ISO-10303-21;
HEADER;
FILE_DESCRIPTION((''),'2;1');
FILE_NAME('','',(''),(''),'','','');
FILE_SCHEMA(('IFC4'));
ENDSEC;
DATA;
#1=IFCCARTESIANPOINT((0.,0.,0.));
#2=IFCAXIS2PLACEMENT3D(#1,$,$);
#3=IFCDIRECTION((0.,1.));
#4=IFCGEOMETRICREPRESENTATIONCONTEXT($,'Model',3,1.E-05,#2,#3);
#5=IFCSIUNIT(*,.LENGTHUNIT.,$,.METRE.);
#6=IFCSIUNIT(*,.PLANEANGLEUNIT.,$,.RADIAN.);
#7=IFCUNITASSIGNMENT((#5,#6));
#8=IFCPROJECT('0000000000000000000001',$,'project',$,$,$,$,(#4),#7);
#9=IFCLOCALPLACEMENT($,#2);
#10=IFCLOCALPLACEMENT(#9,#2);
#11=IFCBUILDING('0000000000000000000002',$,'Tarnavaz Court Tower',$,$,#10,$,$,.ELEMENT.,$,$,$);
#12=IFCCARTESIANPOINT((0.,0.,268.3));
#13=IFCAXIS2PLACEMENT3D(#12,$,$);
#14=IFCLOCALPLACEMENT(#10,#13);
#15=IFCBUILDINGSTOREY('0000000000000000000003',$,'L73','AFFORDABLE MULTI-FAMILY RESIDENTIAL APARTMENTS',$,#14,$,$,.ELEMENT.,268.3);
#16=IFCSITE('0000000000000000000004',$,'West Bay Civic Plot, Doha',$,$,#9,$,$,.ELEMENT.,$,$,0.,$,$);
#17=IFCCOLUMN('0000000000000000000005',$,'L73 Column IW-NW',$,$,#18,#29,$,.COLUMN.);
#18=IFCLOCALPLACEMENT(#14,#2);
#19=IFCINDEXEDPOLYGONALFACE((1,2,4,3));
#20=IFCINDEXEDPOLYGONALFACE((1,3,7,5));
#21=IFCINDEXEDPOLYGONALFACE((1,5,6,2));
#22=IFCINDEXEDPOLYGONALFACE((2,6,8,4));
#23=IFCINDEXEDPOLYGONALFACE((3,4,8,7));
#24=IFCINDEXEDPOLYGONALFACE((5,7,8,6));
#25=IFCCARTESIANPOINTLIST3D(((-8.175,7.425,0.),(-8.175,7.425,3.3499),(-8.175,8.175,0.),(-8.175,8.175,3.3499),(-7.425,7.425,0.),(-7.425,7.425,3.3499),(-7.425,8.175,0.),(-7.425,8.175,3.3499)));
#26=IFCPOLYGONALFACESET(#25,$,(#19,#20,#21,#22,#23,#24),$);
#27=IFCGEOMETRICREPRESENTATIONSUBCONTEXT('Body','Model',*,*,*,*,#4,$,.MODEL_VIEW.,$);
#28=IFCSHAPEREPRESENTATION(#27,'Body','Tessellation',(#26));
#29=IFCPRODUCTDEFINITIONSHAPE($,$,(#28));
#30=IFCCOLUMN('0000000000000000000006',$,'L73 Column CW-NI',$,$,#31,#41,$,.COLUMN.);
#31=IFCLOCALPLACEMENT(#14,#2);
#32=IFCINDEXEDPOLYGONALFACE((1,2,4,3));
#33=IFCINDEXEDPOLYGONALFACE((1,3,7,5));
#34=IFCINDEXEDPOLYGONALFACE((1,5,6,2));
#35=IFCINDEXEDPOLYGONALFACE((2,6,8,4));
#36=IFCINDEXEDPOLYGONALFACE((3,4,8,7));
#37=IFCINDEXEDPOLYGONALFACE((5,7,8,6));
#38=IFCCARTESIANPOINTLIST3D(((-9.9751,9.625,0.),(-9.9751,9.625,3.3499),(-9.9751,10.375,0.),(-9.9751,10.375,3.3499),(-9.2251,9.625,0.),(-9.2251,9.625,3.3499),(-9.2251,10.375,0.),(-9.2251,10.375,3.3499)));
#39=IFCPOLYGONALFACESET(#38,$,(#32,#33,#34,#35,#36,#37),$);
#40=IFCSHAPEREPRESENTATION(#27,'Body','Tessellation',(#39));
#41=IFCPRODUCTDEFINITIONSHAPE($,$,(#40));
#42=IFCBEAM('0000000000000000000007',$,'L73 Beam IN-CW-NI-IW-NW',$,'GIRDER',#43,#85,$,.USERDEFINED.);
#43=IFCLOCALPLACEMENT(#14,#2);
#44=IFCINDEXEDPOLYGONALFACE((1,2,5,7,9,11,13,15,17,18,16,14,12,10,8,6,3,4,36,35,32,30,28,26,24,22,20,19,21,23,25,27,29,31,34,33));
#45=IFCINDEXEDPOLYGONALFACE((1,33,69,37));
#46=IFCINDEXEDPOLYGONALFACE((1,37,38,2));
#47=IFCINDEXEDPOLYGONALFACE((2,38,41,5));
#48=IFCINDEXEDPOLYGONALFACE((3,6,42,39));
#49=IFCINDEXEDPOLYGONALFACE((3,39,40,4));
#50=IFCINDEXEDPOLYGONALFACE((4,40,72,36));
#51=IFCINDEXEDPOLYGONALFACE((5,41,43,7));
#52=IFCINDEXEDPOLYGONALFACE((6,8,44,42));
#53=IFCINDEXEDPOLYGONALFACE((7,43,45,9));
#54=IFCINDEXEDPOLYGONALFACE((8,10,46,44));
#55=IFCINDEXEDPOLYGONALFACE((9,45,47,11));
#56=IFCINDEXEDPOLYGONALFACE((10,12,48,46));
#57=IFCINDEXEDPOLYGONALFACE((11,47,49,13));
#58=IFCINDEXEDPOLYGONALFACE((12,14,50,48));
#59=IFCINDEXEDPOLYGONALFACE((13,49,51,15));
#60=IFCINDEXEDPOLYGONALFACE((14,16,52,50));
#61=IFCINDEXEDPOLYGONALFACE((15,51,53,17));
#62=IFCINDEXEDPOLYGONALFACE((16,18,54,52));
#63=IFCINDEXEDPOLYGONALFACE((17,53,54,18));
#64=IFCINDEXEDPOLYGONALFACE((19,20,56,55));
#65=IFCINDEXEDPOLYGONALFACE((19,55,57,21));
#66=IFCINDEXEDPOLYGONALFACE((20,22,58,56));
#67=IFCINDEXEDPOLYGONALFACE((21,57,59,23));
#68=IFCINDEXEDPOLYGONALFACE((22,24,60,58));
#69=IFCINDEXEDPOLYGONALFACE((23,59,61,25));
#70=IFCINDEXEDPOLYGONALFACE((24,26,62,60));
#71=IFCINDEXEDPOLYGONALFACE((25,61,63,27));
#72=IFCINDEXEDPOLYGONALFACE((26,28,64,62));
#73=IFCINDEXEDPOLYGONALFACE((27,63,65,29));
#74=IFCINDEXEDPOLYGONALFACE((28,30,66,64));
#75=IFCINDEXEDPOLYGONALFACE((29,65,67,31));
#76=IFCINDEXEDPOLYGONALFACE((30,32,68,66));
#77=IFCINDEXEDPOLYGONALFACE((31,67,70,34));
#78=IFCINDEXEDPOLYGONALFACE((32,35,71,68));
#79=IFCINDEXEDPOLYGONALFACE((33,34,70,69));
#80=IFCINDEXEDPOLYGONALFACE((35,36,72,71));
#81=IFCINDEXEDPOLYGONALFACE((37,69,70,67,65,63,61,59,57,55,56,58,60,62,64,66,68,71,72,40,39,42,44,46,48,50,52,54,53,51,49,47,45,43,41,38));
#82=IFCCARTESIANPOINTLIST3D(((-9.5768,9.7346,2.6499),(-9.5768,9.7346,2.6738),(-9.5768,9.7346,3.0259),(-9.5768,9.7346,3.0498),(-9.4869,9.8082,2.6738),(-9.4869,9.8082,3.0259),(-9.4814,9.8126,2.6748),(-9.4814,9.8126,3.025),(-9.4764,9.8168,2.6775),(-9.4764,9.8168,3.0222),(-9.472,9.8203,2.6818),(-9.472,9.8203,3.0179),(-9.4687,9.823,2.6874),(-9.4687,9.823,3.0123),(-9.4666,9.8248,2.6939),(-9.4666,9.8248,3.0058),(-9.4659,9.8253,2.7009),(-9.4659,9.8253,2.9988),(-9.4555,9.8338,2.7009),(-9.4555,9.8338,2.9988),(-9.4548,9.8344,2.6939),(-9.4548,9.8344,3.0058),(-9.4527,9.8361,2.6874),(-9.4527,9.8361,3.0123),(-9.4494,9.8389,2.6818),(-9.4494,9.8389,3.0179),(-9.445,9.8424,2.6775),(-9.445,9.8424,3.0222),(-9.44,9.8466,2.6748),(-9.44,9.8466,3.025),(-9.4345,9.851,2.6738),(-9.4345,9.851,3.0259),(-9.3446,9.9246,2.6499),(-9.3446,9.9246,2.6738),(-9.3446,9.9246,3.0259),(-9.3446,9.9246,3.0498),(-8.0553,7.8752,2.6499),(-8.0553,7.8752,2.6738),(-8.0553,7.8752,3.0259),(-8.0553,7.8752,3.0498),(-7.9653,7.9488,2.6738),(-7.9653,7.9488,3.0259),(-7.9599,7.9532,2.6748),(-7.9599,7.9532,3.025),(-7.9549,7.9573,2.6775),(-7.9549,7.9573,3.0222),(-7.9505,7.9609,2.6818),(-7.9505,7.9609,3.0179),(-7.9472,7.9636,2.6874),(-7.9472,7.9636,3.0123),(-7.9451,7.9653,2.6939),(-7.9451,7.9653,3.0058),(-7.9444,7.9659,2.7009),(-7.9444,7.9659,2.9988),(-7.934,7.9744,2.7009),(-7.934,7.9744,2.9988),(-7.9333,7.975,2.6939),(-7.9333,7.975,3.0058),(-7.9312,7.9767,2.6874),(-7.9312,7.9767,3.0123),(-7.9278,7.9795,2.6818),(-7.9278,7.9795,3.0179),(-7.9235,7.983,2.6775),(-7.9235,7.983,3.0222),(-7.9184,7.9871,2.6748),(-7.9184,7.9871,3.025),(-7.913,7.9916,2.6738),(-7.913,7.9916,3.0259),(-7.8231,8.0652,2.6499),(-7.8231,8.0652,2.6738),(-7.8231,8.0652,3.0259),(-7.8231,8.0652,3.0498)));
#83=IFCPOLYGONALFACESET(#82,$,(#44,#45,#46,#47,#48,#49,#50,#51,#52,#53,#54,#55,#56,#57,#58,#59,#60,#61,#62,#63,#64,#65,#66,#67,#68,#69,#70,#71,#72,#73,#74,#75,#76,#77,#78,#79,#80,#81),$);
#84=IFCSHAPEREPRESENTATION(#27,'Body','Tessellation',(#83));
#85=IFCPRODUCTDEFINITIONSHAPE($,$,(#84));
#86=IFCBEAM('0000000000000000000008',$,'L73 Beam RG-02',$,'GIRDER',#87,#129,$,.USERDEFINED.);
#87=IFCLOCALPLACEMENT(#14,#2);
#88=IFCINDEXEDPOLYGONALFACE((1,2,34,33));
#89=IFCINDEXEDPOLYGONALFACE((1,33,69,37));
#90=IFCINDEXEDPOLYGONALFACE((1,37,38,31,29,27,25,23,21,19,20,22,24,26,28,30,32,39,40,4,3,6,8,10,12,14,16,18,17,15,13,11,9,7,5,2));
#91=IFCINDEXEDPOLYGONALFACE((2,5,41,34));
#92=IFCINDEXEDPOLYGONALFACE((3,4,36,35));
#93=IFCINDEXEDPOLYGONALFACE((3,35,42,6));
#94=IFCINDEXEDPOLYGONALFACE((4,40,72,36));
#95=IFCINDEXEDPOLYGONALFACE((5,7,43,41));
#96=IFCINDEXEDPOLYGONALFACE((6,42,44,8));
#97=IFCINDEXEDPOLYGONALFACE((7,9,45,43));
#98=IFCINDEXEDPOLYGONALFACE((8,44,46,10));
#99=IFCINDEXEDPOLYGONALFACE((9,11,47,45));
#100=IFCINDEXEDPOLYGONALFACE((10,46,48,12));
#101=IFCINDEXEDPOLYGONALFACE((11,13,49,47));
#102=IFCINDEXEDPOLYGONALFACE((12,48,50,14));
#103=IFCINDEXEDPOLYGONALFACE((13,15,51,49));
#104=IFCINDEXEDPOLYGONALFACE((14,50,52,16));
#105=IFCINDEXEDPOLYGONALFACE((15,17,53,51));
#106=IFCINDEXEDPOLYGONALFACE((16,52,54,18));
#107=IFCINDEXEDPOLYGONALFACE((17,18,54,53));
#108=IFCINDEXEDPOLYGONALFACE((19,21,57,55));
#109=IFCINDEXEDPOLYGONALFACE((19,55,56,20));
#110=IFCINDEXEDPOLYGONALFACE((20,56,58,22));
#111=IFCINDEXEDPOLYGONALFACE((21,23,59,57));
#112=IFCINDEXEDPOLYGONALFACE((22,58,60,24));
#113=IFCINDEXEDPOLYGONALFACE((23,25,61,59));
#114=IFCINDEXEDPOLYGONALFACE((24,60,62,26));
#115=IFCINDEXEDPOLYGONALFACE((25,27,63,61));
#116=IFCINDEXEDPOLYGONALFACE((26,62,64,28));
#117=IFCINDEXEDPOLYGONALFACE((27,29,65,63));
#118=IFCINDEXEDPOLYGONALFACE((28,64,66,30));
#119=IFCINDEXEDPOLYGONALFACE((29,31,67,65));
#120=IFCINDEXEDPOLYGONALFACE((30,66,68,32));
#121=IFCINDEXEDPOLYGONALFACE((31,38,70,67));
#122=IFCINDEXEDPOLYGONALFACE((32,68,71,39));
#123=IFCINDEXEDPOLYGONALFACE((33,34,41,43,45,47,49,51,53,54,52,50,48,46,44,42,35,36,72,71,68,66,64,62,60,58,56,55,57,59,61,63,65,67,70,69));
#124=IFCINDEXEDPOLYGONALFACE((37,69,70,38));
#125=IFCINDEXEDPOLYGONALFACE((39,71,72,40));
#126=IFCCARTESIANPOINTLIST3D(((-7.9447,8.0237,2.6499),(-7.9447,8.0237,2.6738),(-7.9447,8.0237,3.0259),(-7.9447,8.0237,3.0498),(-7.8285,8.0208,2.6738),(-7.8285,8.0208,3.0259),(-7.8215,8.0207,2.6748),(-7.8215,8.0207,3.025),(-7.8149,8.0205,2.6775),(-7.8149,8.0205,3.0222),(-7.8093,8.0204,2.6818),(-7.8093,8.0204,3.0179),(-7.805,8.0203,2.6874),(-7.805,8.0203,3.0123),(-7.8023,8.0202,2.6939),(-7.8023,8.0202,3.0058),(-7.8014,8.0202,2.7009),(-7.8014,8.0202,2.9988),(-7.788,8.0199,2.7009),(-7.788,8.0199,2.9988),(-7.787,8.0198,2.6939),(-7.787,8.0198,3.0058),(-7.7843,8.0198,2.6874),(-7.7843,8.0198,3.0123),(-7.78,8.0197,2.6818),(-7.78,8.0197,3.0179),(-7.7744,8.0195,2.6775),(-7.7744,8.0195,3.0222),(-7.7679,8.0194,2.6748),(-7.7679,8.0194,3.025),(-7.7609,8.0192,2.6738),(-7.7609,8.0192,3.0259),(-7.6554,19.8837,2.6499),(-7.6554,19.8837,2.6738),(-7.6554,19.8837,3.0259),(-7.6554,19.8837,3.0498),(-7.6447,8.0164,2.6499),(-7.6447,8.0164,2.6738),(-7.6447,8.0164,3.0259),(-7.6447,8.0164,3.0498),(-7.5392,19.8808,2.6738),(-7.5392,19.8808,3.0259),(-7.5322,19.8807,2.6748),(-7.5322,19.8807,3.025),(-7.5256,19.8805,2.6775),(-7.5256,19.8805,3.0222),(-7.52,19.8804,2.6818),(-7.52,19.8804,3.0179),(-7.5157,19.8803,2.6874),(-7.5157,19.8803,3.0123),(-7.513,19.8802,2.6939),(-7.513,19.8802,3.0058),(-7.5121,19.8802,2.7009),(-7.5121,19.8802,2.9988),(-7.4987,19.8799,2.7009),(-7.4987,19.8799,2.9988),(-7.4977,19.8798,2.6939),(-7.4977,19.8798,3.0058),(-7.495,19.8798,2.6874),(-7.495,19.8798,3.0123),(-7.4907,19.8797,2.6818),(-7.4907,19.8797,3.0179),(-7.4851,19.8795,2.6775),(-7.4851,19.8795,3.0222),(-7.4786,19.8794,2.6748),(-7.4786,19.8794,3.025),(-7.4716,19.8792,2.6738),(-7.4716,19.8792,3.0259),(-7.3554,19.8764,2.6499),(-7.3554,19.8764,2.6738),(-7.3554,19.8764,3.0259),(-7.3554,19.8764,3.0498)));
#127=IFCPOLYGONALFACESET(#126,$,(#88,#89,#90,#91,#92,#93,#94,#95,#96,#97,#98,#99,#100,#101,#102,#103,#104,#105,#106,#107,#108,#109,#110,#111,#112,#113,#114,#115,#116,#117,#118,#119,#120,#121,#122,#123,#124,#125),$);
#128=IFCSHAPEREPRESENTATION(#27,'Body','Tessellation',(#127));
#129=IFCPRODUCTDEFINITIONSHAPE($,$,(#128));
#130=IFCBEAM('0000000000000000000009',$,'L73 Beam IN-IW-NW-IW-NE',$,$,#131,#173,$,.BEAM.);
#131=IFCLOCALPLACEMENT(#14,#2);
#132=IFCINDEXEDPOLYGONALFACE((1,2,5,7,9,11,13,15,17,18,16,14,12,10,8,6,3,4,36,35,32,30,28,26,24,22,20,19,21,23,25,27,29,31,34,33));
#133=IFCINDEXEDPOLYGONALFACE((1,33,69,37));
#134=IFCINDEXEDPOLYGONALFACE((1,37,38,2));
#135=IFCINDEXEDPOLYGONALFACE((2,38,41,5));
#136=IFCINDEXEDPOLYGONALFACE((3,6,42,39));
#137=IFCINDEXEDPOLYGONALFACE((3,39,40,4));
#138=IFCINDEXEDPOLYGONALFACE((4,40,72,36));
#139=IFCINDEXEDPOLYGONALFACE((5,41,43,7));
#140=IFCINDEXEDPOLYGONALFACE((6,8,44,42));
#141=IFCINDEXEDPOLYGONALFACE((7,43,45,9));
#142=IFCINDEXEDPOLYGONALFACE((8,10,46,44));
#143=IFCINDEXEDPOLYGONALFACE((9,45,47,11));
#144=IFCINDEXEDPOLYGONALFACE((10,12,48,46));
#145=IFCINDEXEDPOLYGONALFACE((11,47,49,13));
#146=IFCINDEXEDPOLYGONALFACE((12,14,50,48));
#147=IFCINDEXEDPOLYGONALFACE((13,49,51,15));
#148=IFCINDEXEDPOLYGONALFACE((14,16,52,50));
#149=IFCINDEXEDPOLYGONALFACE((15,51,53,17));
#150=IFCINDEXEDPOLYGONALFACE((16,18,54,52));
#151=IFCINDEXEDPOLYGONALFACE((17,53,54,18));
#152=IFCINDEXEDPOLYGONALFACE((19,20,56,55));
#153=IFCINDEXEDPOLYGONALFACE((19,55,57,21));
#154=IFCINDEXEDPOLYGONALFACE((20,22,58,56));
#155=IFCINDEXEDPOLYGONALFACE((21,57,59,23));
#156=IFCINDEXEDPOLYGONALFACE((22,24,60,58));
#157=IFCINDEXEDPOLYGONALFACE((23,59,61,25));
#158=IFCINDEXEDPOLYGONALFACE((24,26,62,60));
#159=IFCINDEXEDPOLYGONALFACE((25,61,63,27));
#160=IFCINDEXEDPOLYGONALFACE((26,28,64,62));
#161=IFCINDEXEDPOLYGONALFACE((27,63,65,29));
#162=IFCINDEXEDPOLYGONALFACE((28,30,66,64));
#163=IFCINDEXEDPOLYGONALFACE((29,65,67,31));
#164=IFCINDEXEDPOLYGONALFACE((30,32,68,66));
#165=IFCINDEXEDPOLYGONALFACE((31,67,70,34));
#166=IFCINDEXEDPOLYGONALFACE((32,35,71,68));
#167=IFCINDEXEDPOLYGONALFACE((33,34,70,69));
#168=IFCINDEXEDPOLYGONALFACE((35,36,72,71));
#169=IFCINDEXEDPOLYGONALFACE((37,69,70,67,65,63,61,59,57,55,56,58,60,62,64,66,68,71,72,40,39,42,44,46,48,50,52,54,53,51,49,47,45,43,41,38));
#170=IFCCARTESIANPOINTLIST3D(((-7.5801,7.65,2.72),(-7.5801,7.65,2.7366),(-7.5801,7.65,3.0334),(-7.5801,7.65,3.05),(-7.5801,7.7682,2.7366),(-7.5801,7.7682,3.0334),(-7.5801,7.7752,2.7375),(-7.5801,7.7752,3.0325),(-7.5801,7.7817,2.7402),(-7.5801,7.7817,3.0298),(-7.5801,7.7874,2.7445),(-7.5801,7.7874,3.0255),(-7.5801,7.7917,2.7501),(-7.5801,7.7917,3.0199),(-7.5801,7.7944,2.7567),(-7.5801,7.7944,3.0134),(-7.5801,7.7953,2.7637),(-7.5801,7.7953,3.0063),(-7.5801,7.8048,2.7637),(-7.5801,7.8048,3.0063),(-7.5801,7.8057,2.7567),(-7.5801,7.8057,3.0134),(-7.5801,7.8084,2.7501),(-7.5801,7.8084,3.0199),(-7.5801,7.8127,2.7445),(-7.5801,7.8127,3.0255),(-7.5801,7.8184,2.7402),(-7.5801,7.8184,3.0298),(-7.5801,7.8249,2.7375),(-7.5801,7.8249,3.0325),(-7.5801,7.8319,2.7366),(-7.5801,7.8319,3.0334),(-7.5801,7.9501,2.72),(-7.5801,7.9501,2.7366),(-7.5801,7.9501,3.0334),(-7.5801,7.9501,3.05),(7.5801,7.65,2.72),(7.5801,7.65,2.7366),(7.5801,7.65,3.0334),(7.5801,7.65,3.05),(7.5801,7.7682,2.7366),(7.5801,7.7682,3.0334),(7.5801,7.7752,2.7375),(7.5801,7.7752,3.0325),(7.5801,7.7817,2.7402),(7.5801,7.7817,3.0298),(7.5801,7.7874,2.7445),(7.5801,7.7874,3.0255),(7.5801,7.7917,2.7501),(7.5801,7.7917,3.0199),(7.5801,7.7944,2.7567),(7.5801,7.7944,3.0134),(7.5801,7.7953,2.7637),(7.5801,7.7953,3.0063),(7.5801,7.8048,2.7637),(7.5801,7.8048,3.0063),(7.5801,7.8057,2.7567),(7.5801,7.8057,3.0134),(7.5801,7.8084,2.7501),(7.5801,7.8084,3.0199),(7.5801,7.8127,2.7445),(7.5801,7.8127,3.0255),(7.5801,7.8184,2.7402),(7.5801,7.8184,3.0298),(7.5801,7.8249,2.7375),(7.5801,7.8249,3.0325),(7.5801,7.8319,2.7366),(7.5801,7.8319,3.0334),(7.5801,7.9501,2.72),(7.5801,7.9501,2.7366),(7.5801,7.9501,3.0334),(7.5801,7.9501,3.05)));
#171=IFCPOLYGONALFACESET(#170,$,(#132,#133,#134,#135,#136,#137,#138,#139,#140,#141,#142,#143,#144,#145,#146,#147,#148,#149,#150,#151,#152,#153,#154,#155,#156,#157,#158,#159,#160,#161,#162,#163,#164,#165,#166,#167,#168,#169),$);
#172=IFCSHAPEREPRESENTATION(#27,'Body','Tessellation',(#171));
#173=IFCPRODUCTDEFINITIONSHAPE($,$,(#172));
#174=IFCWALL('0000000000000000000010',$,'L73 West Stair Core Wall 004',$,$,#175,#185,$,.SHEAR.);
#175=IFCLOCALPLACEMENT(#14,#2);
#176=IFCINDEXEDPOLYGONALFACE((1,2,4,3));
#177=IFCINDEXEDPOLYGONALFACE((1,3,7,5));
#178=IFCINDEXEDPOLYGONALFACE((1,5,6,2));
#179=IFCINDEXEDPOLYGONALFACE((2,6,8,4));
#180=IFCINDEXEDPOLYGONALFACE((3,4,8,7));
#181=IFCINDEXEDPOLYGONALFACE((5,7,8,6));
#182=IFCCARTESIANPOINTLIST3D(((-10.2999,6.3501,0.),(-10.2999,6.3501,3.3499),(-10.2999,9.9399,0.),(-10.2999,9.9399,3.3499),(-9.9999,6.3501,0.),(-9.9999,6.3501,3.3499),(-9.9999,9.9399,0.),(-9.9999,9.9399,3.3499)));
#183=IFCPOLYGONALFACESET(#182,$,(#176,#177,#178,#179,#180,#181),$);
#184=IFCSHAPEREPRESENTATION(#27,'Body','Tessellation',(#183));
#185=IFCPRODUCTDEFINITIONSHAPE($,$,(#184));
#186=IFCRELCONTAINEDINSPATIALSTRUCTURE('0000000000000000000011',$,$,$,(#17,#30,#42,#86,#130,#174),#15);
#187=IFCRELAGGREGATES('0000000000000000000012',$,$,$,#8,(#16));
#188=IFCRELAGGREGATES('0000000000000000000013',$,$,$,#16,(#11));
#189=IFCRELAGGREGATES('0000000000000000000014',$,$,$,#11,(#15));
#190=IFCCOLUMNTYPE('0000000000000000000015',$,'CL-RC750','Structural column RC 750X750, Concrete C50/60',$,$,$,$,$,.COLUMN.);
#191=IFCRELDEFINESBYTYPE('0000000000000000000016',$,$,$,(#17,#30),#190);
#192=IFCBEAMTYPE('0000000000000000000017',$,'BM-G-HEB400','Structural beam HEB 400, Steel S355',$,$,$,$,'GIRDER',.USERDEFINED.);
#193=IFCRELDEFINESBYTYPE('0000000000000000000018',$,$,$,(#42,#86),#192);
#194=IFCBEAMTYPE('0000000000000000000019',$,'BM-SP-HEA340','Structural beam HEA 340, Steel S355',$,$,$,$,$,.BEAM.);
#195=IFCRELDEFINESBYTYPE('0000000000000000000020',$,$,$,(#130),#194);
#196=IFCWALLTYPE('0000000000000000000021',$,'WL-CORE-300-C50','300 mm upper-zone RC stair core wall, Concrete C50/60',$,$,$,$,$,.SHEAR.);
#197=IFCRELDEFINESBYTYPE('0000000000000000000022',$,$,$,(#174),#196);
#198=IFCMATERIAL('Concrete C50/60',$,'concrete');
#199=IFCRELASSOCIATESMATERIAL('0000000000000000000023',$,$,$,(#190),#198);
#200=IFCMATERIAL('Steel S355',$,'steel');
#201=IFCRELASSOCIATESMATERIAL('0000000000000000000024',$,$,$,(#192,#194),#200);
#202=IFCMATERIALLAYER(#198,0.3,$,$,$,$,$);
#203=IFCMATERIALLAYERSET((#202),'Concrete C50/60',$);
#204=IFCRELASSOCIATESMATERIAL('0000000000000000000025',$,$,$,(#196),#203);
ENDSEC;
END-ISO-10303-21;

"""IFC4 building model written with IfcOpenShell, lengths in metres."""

from ifc_helpers import new_model, si_unit, direction, frame, frame_2d, origin, origin_2d, place, context, subcontext, project, spatial, rectangle, i_section, extrude, material, layer, layer_set, material_profile, profile_set, type_object, element, save


model = new_model("IFC4")

# Units and contexts
model_context = context("Model", 3, precision=1e-05, world=origin(), true_north=direction((0.0, 1.0)))
body_context = subcontext(model_context, "Body", "Model", "MODEL_VIEW")
ifc_project = project(units=[si_unit("LENGTHUNIT", "METRE"), si_unit("PLANEANGLEUNIT", "RADIAN")], contexts=[model_context])

# Site, building, storey
site_placement = place(None, origin())
site = spatial("IfcSite", under=ifc_project, at=site_placement, Name="West Bay Civic Plot, Doha", CompositionType="ELEMENT", RefElevation=0.0)
building_placement = place(site_placement, origin())
building = spatial("IfcBuilding", under=site, at=building_placement, Name="Tarnavaz Court Tower", CompositionType="ELEMENT")
storey_placement = place(building_placement, frame((0.0, 0.0, 268.3)))
storey = spatial("IfcBuildingStorey", under=building, at=storey_placement, Name="L73", Description="AFFORDABLE MULTI-FAMILY RESIDENTIAL APARTMENTS", CompositionType="ELEMENT", Elevation=268.3)

# Columns
ifc_material_1 = material(Name="Concrete C50/60", Category="concrete")
ifc_material_profile_1 = material_profile(ifc_material_1, rectangle(XDim=0.75, YDim=0.75, at=origin_2d()), Name="RC 750X750")
ifc_profile_set_1 = profile_set([ifc_material_profile_1], Name="Concrete C50/60")
column_type = type_object("IfcColumnType", Name="CL-RC750", Description="Structural column RC 750X750, Concrete C50/60", PredefinedType="COLUMN", material=ifc_profile_set_1)
for number, where, z_axis, x_axis, name in (
    (1, (-7.8, 7.8, 0.0), (0.0, 0.0, 1.0), (1.0, 0.0, 0.0), "L73 Column IW-NW"),
    (2, (-9.6001, 10.0, 0.0), (0.0, 0.0, 1.0), (1.0, 0.0, 0.0), "L73 Column CW-NI"),
):
    element("IfcColumn", number, at=place(storey_placement, frame(where, z_axis=z_axis, x_axis=x_axis)), inside=storey, type_object=column_type, Name=name, PredefinedType="COLUMN", context=body_context, shape_type="SweptSolid", body=[
        extrude(rectangle(XDim=0.75, YDim=0.75, at=origin_2d()), origin(), (0.0, 0.0, 1.0), 3.3499),
    ])

# Beams
ifc_material_2 = material(Name="Steel S355", Category="steel")
ifc_material_profile_2 = material_profile(ifc_material_2, i_section(OverallWidth=0.3, OverallDepth=0.3999, WebThickness=0.0134, FlangeThickness=0.0239, FilletRadius=0.0271, at=origin_2d()), Name="HEB 400")
ifc_profile_set_2 = profile_set([ifc_material_profile_2], Name="Steel S355")
beam_type_1 = type_object("IfcBeamType", Name="BM-G-HEB400", Description="Structural beam HEB 400, Steel S355", ElementType="GIRDER", PredefinedType="USERDEFINED", material=ifc_profile_set_2)
beam_1_placement = place(storey_placement, frame((-9.4607, 9.8296, 2.8499), z_axis=(0.633282, -0.773921, 0.0), x_axis=(0.773921, 0.633282, 0.0)))
element("IfcBeam", 3, at=beam_1_placement, inside=storey, type_object=beam_type_1, Name="L73 Beam IN-CW-NI-IW-NW", ObjectType="GIRDER", PredefinedType="USERDEFINED", context=body_context, shape_type="SweptSolid", body=[
    extrude(i_section(OverallWidth=0.3, OverallDepth=0.3999, WebThickness=0.0134, FlangeThickness=0.0239, FilletRadius=0.0271, at=origin_2d()), origin(), (0.0, 0.0, 1.0), 2.4026),
])
beam_2_placement = place(storey_placement, frame((-7.7947, 8.02, 2.8499), z_axis=(0.024386, 0.999703, 0.0), x_axis=(-0.999703, 0.024386, 0.0)))
element("IfcBeam", 4, at=beam_2_placement, inside=storey, type_object=beam_type_1, Name="L73 Beam RG-02", ObjectType="GIRDER", PredefinedType="USERDEFINED", context=body_context, shape_type="SweptSolid", body=[
    extrude(i_section(OverallWidth=0.3, OverallDepth=0.3999, WebThickness=0.0134, FlangeThickness=0.0239, FilletRadius=0.0271, at=origin_2d()), origin(), (0.0, 0.0, 1.0), 11.8635),
])
ifc_material_profile_3 = material_profile(ifc_material_2, i_section(OverallWidth=0.3, OverallDepth=0.3301, WebThickness=0.0095, FlangeThickness=0.0166, FilletRadius=0.0271, at=origin_2d()), Name="HEA 340")
ifc_profile_set_3 = profile_set([ifc_material_profile_3], Name="Steel S355")
beam_type_2 = type_object("IfcBeamType", Name="BM-SP-HEA340", Description="Structural beam HEA 340, Steel S355", PredefinedType="BEAM", material=ifc_profile_set_3)
beam_3_placement = place(storey_placement, frame((-7.5801, 7.8, 2.885), z_axis=(1.0, 0.0, 0.0), x_axis=(0.0, 1.0, 0.0)))
element("IfcBeam", 5, at=beam_3_placement, inside=storey, type_object=beam_type_2, Name="L73 Beam IN-IW-NW-IW-NE", PredefinedType="BEAM", context=body_context, shape_type="SweptSolid", body=[
    extrude(i_section(OverallWidth=0.3, OverallDepth=0.3301, WebThickness=0.0095, FlangeThickness=0.0166, FilletRadius=0.0271, at=origin_2d()), origin(), (0.0, 0.0, 1.0), 15.1602),
])

# Wall
ifc_layer_1 = layer(ifc_material_1, 0.3)
ifc_layer_set_1 = layer_set([ifc_layer_1], Name="Concrete C50/60")
wall_type_1 = type_object("IfcWallType", Name="WL-CORE-300-C50", Description="300 mm upper-zone RC stair core wall, Concrete C50/60", PredefinedType="SHEAR", material=ifc_layer_set_1)
wall_1_placement = place(storey_placement, frame((-10.1499, 6.3501, 0.0), z_axis=(0.0, 0.0, 1.0), x_axis=(0.0, 1.0, 0.0)))
element("IfcWall", 6, at=wall_1_placement, inside=storey, type_object=wall_type_1, Name="L73 West Stair Core Wall 004", PredefinedType="SHEAR", context=body_context, shape_type="SweptSolid", body=[
    extrude(rectangle(XDim=3.5898, YDim=0.3, at=frame_2d((1.7949, 0.0))), origin(), (0.0, 0.0, 1.0), 3.3499),
])

save(model, "model.ifc")
